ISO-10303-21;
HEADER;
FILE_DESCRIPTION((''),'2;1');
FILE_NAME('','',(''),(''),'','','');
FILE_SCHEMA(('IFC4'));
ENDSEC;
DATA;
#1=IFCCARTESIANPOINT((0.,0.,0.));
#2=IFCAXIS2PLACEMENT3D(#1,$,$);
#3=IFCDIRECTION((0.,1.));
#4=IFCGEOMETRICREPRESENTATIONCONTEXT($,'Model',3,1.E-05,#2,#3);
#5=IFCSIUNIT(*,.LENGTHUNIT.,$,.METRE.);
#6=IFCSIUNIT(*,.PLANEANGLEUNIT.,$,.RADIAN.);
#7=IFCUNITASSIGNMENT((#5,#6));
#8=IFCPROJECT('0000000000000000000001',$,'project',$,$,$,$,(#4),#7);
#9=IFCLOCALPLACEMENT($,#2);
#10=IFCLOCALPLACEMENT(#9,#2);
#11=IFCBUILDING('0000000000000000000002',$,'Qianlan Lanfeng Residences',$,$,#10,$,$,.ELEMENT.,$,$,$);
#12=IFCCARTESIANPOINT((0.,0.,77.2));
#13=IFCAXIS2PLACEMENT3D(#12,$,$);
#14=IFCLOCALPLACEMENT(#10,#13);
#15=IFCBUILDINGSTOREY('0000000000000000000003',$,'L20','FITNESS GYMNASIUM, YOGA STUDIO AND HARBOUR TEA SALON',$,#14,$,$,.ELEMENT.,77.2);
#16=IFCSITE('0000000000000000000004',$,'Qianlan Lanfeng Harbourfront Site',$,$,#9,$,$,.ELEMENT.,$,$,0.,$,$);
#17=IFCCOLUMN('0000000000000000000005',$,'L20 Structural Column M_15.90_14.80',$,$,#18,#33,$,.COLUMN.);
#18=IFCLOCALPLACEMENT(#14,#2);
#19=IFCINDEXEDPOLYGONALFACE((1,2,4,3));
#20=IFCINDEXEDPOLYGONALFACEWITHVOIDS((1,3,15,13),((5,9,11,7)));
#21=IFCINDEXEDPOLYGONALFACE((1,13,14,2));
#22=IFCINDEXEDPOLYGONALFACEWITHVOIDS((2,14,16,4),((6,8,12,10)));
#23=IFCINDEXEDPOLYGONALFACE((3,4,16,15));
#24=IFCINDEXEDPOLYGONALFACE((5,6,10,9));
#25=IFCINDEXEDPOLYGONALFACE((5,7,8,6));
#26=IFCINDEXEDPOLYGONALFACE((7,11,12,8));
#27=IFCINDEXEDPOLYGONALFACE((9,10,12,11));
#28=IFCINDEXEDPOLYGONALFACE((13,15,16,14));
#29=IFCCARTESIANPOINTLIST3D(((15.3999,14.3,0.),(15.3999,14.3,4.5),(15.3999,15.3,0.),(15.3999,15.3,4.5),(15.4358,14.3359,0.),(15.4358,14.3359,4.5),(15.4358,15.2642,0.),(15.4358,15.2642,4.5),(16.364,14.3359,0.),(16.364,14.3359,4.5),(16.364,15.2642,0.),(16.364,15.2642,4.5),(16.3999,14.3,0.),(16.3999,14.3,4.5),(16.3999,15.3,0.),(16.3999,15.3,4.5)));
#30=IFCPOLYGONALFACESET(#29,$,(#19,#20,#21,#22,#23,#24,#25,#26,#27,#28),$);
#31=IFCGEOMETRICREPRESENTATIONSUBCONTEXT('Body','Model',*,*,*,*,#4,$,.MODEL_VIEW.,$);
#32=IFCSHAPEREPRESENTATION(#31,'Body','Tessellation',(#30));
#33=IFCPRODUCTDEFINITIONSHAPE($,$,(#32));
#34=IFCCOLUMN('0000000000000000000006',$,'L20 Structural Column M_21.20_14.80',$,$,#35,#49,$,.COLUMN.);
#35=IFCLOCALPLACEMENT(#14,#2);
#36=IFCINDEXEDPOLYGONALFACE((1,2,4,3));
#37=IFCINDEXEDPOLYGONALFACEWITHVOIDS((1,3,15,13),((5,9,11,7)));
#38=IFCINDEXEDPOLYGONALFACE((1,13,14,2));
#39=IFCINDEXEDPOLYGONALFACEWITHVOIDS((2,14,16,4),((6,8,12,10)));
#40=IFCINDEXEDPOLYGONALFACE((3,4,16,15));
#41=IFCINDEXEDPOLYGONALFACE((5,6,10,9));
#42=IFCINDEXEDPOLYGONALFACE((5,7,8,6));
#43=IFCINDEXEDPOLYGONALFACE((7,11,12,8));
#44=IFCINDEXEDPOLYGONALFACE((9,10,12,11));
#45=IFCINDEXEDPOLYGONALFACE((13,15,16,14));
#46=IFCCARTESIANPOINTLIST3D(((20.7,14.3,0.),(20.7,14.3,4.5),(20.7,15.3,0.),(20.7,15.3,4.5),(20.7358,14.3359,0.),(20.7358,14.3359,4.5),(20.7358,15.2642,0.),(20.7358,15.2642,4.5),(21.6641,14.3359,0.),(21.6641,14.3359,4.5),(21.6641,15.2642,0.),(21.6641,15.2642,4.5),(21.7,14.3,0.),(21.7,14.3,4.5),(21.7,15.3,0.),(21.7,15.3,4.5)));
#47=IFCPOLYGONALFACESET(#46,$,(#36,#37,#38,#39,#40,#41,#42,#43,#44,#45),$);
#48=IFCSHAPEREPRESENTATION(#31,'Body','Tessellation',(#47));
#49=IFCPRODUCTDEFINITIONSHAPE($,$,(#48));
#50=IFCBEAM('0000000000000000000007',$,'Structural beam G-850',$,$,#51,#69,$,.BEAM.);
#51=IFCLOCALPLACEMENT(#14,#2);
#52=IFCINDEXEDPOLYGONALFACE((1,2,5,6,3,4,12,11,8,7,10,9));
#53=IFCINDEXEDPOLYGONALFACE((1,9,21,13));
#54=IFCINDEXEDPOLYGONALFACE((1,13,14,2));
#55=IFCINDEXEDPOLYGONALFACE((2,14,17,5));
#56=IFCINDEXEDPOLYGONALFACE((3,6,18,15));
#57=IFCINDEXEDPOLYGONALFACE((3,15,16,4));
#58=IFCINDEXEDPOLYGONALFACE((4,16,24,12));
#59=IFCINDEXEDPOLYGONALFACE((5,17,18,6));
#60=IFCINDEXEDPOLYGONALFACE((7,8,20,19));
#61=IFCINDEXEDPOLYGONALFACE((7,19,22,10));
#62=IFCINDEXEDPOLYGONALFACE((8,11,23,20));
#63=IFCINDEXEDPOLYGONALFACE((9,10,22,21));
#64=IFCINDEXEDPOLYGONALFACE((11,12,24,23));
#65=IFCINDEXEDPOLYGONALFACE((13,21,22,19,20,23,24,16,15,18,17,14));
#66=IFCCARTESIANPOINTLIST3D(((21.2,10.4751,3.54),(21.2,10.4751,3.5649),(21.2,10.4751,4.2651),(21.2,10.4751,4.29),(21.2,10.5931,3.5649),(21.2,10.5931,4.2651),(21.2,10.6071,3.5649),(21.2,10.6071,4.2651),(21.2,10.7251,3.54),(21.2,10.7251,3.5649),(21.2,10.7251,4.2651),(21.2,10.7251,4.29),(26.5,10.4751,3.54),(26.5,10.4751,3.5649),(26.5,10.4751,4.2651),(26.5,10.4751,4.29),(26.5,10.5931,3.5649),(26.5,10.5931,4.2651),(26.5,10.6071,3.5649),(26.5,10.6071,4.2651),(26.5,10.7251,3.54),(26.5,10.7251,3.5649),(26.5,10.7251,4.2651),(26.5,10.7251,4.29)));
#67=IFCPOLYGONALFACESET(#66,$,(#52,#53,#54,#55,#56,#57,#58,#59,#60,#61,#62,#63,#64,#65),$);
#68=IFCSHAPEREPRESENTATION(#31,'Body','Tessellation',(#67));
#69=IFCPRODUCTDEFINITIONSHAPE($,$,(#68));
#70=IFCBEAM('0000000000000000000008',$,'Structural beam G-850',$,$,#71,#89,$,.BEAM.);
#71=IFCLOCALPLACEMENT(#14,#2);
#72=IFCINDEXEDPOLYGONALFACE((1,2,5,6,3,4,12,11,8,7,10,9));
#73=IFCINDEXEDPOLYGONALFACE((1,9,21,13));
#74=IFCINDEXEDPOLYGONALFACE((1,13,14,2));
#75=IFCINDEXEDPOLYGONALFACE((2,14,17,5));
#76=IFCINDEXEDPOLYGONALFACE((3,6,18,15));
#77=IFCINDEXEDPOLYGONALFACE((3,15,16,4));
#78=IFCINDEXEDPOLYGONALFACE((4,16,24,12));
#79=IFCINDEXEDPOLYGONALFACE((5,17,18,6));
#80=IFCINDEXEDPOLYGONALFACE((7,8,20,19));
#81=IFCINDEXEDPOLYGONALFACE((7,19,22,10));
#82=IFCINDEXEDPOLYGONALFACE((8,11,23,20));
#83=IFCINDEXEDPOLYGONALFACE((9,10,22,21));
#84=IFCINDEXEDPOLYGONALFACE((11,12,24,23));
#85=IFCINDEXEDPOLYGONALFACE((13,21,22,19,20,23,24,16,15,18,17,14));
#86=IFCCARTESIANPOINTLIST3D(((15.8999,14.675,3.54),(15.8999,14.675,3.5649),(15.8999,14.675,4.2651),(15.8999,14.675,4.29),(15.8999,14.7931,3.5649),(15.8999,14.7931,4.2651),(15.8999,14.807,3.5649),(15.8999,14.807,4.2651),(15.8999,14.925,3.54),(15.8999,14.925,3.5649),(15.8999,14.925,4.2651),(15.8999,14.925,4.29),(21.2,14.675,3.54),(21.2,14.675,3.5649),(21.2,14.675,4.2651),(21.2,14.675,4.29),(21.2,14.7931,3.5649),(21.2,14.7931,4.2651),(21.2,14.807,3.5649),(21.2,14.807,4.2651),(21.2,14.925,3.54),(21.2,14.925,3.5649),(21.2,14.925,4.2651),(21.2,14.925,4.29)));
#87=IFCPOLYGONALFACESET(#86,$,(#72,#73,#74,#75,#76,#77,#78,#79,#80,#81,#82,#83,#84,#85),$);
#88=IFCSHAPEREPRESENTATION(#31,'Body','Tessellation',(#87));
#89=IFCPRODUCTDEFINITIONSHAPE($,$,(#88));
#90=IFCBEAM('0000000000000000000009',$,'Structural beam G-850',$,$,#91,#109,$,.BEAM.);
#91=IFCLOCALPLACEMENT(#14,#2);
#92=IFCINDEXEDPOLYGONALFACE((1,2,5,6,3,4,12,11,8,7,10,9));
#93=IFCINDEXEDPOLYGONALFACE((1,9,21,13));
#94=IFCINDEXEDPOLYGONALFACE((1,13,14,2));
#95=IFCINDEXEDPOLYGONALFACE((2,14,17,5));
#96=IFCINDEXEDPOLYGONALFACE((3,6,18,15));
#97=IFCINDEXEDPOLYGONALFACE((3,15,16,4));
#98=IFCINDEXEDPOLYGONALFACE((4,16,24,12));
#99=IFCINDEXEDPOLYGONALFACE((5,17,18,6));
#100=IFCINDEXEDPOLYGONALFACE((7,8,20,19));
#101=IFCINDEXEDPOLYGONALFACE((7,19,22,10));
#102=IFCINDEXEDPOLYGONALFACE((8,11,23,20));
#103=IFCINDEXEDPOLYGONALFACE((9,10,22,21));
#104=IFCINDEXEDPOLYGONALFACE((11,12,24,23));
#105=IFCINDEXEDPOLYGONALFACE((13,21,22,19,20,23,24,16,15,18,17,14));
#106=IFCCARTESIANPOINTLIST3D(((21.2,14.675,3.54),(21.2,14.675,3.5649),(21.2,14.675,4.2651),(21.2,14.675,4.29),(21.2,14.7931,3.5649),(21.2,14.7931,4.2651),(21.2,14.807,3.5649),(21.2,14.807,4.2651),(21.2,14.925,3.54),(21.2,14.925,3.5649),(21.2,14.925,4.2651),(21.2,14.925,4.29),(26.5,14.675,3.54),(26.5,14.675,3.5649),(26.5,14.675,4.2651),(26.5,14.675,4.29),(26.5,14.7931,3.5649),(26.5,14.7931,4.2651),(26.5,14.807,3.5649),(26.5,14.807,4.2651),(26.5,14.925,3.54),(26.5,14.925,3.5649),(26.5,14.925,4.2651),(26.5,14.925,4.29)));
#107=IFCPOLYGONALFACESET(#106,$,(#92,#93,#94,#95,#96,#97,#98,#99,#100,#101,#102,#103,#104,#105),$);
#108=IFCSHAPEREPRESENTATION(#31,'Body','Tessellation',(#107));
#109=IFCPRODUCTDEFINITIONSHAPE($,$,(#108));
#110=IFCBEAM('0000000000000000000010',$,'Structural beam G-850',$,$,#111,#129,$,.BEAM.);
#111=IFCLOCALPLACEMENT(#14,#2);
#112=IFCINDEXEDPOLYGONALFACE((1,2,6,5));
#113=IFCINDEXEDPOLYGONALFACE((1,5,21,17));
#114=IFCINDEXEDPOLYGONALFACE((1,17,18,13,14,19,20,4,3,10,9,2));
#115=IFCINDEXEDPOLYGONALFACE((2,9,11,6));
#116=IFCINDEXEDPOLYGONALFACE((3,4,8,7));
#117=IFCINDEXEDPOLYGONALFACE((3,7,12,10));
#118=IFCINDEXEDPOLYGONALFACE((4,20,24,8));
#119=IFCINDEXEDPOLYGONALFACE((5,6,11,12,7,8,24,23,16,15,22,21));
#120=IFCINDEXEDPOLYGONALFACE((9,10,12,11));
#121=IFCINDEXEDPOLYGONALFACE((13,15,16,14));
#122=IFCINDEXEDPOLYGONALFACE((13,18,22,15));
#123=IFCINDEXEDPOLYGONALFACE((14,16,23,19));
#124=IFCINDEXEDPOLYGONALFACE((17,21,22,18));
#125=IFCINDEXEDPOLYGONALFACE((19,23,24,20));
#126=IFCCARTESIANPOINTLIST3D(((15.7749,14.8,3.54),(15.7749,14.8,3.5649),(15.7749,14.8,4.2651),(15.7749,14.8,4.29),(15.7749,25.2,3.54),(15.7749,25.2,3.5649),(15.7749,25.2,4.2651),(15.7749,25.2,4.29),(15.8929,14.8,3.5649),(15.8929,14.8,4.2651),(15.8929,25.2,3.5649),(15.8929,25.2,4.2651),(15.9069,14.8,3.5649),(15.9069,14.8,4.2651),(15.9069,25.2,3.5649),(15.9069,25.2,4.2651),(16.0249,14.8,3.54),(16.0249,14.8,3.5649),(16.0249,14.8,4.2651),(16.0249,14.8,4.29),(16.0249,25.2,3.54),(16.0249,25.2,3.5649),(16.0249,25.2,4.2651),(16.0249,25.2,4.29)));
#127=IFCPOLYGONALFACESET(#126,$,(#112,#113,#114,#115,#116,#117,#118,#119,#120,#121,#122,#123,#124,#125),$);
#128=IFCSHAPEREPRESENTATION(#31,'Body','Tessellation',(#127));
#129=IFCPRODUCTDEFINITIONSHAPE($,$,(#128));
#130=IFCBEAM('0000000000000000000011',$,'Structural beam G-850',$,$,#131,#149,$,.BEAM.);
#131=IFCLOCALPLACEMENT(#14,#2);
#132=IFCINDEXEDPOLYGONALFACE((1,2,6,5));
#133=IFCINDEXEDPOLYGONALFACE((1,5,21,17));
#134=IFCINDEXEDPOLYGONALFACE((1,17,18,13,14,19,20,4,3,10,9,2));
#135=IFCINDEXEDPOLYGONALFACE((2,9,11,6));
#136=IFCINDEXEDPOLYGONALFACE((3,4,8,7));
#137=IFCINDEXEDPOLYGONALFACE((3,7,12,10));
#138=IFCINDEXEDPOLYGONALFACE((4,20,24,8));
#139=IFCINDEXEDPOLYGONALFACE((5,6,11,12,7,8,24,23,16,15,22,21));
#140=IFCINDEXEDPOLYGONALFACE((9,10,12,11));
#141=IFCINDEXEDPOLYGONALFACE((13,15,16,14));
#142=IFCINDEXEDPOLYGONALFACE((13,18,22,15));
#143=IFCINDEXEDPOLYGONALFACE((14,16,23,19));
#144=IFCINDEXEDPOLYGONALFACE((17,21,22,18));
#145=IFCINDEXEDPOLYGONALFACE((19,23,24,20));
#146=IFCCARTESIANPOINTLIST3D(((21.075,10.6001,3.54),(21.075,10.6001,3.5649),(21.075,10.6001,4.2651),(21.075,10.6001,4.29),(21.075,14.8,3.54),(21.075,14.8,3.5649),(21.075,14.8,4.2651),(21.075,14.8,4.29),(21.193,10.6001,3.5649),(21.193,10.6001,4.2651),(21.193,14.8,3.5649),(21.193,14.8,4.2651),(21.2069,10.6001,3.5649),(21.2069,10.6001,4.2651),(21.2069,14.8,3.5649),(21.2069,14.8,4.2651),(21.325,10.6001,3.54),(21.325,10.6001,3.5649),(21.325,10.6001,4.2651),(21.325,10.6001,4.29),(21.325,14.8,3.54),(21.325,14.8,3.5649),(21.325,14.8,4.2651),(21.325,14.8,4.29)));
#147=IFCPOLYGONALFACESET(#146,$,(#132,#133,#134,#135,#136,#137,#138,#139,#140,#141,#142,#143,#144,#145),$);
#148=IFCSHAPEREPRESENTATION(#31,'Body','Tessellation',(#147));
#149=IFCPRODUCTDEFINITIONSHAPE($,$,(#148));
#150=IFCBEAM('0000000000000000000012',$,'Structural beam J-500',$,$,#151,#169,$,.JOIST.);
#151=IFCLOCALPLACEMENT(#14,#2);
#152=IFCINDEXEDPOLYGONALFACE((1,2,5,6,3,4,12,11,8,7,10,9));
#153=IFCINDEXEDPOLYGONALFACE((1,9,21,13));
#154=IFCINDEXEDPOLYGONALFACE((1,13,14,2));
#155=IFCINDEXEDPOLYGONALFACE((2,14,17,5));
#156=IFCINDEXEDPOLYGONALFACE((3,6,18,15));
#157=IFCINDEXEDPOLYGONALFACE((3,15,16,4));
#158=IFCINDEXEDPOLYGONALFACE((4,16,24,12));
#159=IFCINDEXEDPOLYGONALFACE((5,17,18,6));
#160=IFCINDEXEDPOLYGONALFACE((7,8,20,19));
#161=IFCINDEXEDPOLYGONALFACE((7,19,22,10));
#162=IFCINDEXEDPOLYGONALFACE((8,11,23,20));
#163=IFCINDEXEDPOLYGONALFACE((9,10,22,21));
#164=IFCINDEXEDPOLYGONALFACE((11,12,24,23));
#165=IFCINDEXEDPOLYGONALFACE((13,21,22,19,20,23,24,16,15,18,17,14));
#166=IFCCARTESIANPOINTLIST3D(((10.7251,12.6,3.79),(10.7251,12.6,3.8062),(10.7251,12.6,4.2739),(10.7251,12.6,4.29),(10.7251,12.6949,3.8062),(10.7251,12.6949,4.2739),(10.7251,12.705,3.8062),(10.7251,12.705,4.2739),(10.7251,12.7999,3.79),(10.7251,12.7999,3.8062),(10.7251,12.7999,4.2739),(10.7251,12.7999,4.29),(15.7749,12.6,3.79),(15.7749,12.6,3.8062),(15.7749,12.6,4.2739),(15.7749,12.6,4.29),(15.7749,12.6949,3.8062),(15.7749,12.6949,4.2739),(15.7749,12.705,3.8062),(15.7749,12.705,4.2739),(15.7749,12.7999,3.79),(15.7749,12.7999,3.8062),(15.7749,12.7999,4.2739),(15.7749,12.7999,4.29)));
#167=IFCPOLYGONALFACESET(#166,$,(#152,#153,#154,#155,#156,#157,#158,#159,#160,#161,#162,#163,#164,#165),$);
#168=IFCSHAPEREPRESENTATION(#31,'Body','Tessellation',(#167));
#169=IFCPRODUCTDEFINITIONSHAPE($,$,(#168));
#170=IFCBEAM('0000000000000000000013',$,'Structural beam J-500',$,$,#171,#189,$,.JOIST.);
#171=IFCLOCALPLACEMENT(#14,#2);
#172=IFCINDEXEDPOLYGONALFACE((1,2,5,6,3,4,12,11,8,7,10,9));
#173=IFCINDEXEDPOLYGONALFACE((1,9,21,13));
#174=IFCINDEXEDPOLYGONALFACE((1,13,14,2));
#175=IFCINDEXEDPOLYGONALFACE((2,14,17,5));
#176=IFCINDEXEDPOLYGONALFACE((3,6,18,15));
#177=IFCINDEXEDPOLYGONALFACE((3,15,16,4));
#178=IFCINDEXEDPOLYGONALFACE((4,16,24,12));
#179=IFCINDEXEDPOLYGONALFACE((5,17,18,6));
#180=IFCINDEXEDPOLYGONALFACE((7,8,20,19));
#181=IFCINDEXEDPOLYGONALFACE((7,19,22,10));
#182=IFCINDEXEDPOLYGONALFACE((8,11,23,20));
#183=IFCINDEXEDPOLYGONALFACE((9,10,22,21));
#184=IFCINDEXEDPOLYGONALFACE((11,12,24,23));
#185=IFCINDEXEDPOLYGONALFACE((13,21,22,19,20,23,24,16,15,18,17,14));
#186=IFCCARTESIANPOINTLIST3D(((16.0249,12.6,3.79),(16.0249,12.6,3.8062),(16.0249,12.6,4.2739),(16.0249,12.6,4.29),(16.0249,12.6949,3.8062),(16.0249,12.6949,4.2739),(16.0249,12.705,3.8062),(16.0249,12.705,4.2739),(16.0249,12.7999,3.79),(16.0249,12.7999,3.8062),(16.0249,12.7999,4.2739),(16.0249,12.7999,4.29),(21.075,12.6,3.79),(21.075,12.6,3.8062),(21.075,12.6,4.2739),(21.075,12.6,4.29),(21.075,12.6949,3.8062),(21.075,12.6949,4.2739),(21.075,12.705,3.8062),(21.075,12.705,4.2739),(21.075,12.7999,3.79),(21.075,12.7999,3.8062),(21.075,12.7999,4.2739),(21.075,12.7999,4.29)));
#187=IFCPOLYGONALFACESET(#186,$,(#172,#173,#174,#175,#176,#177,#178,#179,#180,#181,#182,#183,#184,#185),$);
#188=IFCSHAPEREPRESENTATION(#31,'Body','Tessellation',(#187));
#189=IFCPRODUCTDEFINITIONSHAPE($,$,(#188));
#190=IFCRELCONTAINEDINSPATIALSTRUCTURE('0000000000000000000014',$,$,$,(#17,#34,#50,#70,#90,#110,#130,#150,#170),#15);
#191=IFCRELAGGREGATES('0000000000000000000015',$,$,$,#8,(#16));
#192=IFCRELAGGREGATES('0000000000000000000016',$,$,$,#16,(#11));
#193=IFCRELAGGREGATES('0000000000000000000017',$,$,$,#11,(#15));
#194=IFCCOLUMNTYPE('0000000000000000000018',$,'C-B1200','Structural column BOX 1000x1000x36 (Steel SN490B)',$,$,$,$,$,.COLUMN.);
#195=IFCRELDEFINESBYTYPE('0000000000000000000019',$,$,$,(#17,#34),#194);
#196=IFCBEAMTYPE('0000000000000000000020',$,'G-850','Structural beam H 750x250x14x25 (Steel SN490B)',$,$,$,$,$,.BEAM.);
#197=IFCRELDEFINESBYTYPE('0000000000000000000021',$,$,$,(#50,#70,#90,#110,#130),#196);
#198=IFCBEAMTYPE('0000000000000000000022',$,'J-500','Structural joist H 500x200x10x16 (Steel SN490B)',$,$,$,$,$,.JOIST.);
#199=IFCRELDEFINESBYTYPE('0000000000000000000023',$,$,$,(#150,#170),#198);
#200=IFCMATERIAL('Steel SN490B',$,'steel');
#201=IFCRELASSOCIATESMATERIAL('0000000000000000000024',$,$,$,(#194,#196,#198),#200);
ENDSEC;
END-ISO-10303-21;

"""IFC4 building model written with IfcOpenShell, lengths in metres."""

from ifc_helpers import new_model, si_unit, direction, frame, origin, origin_2d, place, context, subcontext, project, spatial, hollow_rectangle, i_section, extrude, material, material_profile, profile_set, type_object, element, save


model = new_model("IFC4")

# Units and contexts
model_context = context("Model", 3, precision=1e-05, world=origin(), true_north=direction((0.0, 1.0)))
body_context = subcontext(model_context, "Body", "Model", "MODEL_VIEW")
ifc_project = project(units=[si_unit("LENGTHUNIT", "METRE"), si_unit("PLANEANGLEUNIT", "RADIAN")], contexts=[model_context])

# Site, building, storey
site_placement = place(None, origin())
site = spatial("IfcSite", under=ifc_project, at=site_placement, Name="Qianlan Lanfeng Harbourfront Site", CompositionType="ELEMENT", RefElevation=0.0)
building_placement = place(site_placement, origin())
building = spatial("IfcBuilding", under=site, at=building_placement, Name="Qianlan Lanfeng Residences", CompositionType="ELEMENT")
storey_placement = place(building_placement, frame((0.0, 0.0, 77.2)))
storey = spatial("IfcBuildingStorey", under=building, at=storey_placement, Name="L20", Description="FITNESS GYMNASIUM, YOGA STUDIO AND HARBOUR TEA SALON", CompositionType="ELEMENT", Elevation=77.2)

# Columns
ifc_material_1 = material(Name="Steel SN490B", Category="steel")
ifc_material_profile_1 = material_profile(ifc_material_1, hollow_rectangle(XDim=1.0, YDim=1.0, WallThickness=0.0359, at=origin_2d()), Name="BOX 1000x1000x36")
ifc_profile_set_1 = profile_set([ifc_material_profile_1], Name="Steel SN490B")
column_type = type_object("IfcColumnType", Name="C-B1200", Description="Structural column BOX 1000x1000x36 (Steel SN490B)", PredefinedType="COLUMN", material=ifc_profile_set_1)
for number, where, z_axis, x_axis, name in (
    (1, (15.8999, 14.8, 0.0), (0.0, 0.0, 1.0), (1.0, 0.0, 0.0), "L20 Structural Column M_15.90_14.80"),
    (2, (21.2, 14.8, 0.0), (0.0, 0.0, 1.0), (1.0, 0.0, 0.0), "L20 Structural Column M_21.20_14.80"),
):
    element("IfcColumn", number, at=place(storey_placement, frame(where, z_axis=z_axis, x_axis=x_axis)), inside=storey, type_object=column_type, Name=name, PredefinedType="COLUMN", context=body_context, shape_type="SweptSolid", body=[
        extrude(hollow_rectangle(XDim=1.0, YDim=1.0, WallThickness=0.0359, at=origin_2d()), origin(), (0.0, 0.0, 1.0), 4.5),
    ])

# Beams
ifc_material_profile_2 = material_profile(ifc_material_1, i_section(OverallWidth=0.25, OverallDepth=0.75, WebThickness=0.0139, FlangeThickness=0.0249, at=origin_2d()), Name="H 750x250x14x25")
ifc_profile_set_2 = profile_set([ifc_material_profile_2], Name="Steel SN490B")
beam_type_1 = type_object("IfcBeamType", Name="G-850", Description="Structural beam H 750x250x14x25 (Steel SN490B)", PredefinedType="BEAM", material=ifc_profile_set_2)
for number, where, z_axis, x_axis, name in (
    (3, (21.2, 10.6001, 3.915), (1.0, 0.0, 0.0), (0.0, 1.0, 0.0), "Structural beam G-850"),
    (4, (15.8999, 14.8, 3.915), (1.0, 0.0, 0.0), (0.0, 1.0, 0.0), "Structural beam G-850"),
    (5, (21.2, 14.8, 3.915), (1.0, 0.0, 0.0), (0.0, 1.0, 0.0), "Structural beam G-850"),
):
    element("IfcBeam", number, at=place(storey_placement, frame(where, z_axis=z_axis, x_axis=x_axis)), inside=storey, type_object=beam_type_1, Name=name, PredefinedType="BEAM", context=body_context, shape_type="SweptSolid", body=[
        extrude(i_section(OverallWidth=0.25, OverallDepth=0.75, WebThickness=0.0139, FlangeThickness=0.0249, at=origin_2d()), origin(), (0.0, 0.0, 1.0), 5.3),
    ])
beam_1_placement = place(storey_placement, frame((15.8999, 14.8, 3.915), z_axis=(0.0, 1.0, 0.0), x_axis=(-1.0, 0.0, 0.0)))
element("IfcBeam", 6, at=beam_1_placement, inside=storey, type_object=beam_type_1, Name="Structural beam G-850", PredefinedType="BEAM", context=body_context, shape_type="SweptSolid", body=[
    extrude(i_section(OverallWidth=0.25, OverallDepth=0.75, WebThickness=0.0139, FlangeThickness=0.0249, at=origin_2d()), origin(), (0.0, 0.0, 1.0), 10.3999),
])
beam_2_placement = place(storey_placement, frame((21.2, 10.6001, 3.915), z_axis=(0.0, 1.0, 0.0), x_axis=(-1.0, 0.0, 0.0)))
element("IfcBeam", 7, at=beam_2_placement, inside=storey, type_object=beam_type_1, Name="Structural beam G-850", PredefinedType="BEAM", context=body_context, shape_type="SweptSolid", body=[
    extrude(i_section(OverallWidth=0.25, OverallDepth=0.75, WebThickness=0.0139, FlangeThickness=0.0249, at=origin_2d()), origin(), (0.0, 0.0, 1.0), 4.2),
])
ifc_material_profile_3 = material_profile(ifc_material_1, i_section(OverallWidth=0.2, OverallDepth=0.5, WebThickness=0.01, FlangeThickness=0.0161, at=origin_2d()), Name="H 500x200x10x16")
ifc_profile_set_3 = profile_set([ifc_material_profile_3], Name="Steel SN490B")
beam_type_2 = type_object("IfcBeamType", Name="J-500", Description="Structural joist H 500x200x10x16 (Steel SN490B)", PredefinedType="JOIST", material=ifc_profile_set_3)
beam_3_placement = place(storey_placement, frame((10.7251, 12.7, 4.04), z_axis=(1.0, 0.0, 0.0), x_axis=(0.0, 1.0, 0.0)))
element("IfcBeam", 8, at=beam_3_placement, inside=storey, type_object=beam_type_2, Name="Structural beam J-500", PredefinedType="JOIST", context=body_context, shape_type="SweptSolid", body=[
    extrude(i_section(OverallWidth=0.2, OverallDepth=0.5, WebThickness=0.01, FlangeThickness=0.0161, at=origin_2d()), origin(), (0.0, 0.0, 1.0), 5.0498),
])
for number, where, z_axis, x_axis, name in (
    (9, (16.0249, 12.7, 4.04), (1.0, 0.0, 0.0), (0.0, 1.0, 0.0), "Structural beam J-500"),
):
    element("IfcBeam", number, at=place(storey_placement, frame(where, z_axis=z_axis, x_axis=x_axis)), inside=storey, type_object=beam_type_2, Name=name, PredefinedType="JOIST", context=body_context, shape_type="SweptSolid", body=[
        extrude(i_section(OverallWidth=0.2, OverallDepth=0.5, WebThickness=0.01, FlangeThickness=0.0161, at=origin_2d()), origin(), (0.0, 0.0, 1.0), 5.05),
    ])

save(model, "model.ifc")
